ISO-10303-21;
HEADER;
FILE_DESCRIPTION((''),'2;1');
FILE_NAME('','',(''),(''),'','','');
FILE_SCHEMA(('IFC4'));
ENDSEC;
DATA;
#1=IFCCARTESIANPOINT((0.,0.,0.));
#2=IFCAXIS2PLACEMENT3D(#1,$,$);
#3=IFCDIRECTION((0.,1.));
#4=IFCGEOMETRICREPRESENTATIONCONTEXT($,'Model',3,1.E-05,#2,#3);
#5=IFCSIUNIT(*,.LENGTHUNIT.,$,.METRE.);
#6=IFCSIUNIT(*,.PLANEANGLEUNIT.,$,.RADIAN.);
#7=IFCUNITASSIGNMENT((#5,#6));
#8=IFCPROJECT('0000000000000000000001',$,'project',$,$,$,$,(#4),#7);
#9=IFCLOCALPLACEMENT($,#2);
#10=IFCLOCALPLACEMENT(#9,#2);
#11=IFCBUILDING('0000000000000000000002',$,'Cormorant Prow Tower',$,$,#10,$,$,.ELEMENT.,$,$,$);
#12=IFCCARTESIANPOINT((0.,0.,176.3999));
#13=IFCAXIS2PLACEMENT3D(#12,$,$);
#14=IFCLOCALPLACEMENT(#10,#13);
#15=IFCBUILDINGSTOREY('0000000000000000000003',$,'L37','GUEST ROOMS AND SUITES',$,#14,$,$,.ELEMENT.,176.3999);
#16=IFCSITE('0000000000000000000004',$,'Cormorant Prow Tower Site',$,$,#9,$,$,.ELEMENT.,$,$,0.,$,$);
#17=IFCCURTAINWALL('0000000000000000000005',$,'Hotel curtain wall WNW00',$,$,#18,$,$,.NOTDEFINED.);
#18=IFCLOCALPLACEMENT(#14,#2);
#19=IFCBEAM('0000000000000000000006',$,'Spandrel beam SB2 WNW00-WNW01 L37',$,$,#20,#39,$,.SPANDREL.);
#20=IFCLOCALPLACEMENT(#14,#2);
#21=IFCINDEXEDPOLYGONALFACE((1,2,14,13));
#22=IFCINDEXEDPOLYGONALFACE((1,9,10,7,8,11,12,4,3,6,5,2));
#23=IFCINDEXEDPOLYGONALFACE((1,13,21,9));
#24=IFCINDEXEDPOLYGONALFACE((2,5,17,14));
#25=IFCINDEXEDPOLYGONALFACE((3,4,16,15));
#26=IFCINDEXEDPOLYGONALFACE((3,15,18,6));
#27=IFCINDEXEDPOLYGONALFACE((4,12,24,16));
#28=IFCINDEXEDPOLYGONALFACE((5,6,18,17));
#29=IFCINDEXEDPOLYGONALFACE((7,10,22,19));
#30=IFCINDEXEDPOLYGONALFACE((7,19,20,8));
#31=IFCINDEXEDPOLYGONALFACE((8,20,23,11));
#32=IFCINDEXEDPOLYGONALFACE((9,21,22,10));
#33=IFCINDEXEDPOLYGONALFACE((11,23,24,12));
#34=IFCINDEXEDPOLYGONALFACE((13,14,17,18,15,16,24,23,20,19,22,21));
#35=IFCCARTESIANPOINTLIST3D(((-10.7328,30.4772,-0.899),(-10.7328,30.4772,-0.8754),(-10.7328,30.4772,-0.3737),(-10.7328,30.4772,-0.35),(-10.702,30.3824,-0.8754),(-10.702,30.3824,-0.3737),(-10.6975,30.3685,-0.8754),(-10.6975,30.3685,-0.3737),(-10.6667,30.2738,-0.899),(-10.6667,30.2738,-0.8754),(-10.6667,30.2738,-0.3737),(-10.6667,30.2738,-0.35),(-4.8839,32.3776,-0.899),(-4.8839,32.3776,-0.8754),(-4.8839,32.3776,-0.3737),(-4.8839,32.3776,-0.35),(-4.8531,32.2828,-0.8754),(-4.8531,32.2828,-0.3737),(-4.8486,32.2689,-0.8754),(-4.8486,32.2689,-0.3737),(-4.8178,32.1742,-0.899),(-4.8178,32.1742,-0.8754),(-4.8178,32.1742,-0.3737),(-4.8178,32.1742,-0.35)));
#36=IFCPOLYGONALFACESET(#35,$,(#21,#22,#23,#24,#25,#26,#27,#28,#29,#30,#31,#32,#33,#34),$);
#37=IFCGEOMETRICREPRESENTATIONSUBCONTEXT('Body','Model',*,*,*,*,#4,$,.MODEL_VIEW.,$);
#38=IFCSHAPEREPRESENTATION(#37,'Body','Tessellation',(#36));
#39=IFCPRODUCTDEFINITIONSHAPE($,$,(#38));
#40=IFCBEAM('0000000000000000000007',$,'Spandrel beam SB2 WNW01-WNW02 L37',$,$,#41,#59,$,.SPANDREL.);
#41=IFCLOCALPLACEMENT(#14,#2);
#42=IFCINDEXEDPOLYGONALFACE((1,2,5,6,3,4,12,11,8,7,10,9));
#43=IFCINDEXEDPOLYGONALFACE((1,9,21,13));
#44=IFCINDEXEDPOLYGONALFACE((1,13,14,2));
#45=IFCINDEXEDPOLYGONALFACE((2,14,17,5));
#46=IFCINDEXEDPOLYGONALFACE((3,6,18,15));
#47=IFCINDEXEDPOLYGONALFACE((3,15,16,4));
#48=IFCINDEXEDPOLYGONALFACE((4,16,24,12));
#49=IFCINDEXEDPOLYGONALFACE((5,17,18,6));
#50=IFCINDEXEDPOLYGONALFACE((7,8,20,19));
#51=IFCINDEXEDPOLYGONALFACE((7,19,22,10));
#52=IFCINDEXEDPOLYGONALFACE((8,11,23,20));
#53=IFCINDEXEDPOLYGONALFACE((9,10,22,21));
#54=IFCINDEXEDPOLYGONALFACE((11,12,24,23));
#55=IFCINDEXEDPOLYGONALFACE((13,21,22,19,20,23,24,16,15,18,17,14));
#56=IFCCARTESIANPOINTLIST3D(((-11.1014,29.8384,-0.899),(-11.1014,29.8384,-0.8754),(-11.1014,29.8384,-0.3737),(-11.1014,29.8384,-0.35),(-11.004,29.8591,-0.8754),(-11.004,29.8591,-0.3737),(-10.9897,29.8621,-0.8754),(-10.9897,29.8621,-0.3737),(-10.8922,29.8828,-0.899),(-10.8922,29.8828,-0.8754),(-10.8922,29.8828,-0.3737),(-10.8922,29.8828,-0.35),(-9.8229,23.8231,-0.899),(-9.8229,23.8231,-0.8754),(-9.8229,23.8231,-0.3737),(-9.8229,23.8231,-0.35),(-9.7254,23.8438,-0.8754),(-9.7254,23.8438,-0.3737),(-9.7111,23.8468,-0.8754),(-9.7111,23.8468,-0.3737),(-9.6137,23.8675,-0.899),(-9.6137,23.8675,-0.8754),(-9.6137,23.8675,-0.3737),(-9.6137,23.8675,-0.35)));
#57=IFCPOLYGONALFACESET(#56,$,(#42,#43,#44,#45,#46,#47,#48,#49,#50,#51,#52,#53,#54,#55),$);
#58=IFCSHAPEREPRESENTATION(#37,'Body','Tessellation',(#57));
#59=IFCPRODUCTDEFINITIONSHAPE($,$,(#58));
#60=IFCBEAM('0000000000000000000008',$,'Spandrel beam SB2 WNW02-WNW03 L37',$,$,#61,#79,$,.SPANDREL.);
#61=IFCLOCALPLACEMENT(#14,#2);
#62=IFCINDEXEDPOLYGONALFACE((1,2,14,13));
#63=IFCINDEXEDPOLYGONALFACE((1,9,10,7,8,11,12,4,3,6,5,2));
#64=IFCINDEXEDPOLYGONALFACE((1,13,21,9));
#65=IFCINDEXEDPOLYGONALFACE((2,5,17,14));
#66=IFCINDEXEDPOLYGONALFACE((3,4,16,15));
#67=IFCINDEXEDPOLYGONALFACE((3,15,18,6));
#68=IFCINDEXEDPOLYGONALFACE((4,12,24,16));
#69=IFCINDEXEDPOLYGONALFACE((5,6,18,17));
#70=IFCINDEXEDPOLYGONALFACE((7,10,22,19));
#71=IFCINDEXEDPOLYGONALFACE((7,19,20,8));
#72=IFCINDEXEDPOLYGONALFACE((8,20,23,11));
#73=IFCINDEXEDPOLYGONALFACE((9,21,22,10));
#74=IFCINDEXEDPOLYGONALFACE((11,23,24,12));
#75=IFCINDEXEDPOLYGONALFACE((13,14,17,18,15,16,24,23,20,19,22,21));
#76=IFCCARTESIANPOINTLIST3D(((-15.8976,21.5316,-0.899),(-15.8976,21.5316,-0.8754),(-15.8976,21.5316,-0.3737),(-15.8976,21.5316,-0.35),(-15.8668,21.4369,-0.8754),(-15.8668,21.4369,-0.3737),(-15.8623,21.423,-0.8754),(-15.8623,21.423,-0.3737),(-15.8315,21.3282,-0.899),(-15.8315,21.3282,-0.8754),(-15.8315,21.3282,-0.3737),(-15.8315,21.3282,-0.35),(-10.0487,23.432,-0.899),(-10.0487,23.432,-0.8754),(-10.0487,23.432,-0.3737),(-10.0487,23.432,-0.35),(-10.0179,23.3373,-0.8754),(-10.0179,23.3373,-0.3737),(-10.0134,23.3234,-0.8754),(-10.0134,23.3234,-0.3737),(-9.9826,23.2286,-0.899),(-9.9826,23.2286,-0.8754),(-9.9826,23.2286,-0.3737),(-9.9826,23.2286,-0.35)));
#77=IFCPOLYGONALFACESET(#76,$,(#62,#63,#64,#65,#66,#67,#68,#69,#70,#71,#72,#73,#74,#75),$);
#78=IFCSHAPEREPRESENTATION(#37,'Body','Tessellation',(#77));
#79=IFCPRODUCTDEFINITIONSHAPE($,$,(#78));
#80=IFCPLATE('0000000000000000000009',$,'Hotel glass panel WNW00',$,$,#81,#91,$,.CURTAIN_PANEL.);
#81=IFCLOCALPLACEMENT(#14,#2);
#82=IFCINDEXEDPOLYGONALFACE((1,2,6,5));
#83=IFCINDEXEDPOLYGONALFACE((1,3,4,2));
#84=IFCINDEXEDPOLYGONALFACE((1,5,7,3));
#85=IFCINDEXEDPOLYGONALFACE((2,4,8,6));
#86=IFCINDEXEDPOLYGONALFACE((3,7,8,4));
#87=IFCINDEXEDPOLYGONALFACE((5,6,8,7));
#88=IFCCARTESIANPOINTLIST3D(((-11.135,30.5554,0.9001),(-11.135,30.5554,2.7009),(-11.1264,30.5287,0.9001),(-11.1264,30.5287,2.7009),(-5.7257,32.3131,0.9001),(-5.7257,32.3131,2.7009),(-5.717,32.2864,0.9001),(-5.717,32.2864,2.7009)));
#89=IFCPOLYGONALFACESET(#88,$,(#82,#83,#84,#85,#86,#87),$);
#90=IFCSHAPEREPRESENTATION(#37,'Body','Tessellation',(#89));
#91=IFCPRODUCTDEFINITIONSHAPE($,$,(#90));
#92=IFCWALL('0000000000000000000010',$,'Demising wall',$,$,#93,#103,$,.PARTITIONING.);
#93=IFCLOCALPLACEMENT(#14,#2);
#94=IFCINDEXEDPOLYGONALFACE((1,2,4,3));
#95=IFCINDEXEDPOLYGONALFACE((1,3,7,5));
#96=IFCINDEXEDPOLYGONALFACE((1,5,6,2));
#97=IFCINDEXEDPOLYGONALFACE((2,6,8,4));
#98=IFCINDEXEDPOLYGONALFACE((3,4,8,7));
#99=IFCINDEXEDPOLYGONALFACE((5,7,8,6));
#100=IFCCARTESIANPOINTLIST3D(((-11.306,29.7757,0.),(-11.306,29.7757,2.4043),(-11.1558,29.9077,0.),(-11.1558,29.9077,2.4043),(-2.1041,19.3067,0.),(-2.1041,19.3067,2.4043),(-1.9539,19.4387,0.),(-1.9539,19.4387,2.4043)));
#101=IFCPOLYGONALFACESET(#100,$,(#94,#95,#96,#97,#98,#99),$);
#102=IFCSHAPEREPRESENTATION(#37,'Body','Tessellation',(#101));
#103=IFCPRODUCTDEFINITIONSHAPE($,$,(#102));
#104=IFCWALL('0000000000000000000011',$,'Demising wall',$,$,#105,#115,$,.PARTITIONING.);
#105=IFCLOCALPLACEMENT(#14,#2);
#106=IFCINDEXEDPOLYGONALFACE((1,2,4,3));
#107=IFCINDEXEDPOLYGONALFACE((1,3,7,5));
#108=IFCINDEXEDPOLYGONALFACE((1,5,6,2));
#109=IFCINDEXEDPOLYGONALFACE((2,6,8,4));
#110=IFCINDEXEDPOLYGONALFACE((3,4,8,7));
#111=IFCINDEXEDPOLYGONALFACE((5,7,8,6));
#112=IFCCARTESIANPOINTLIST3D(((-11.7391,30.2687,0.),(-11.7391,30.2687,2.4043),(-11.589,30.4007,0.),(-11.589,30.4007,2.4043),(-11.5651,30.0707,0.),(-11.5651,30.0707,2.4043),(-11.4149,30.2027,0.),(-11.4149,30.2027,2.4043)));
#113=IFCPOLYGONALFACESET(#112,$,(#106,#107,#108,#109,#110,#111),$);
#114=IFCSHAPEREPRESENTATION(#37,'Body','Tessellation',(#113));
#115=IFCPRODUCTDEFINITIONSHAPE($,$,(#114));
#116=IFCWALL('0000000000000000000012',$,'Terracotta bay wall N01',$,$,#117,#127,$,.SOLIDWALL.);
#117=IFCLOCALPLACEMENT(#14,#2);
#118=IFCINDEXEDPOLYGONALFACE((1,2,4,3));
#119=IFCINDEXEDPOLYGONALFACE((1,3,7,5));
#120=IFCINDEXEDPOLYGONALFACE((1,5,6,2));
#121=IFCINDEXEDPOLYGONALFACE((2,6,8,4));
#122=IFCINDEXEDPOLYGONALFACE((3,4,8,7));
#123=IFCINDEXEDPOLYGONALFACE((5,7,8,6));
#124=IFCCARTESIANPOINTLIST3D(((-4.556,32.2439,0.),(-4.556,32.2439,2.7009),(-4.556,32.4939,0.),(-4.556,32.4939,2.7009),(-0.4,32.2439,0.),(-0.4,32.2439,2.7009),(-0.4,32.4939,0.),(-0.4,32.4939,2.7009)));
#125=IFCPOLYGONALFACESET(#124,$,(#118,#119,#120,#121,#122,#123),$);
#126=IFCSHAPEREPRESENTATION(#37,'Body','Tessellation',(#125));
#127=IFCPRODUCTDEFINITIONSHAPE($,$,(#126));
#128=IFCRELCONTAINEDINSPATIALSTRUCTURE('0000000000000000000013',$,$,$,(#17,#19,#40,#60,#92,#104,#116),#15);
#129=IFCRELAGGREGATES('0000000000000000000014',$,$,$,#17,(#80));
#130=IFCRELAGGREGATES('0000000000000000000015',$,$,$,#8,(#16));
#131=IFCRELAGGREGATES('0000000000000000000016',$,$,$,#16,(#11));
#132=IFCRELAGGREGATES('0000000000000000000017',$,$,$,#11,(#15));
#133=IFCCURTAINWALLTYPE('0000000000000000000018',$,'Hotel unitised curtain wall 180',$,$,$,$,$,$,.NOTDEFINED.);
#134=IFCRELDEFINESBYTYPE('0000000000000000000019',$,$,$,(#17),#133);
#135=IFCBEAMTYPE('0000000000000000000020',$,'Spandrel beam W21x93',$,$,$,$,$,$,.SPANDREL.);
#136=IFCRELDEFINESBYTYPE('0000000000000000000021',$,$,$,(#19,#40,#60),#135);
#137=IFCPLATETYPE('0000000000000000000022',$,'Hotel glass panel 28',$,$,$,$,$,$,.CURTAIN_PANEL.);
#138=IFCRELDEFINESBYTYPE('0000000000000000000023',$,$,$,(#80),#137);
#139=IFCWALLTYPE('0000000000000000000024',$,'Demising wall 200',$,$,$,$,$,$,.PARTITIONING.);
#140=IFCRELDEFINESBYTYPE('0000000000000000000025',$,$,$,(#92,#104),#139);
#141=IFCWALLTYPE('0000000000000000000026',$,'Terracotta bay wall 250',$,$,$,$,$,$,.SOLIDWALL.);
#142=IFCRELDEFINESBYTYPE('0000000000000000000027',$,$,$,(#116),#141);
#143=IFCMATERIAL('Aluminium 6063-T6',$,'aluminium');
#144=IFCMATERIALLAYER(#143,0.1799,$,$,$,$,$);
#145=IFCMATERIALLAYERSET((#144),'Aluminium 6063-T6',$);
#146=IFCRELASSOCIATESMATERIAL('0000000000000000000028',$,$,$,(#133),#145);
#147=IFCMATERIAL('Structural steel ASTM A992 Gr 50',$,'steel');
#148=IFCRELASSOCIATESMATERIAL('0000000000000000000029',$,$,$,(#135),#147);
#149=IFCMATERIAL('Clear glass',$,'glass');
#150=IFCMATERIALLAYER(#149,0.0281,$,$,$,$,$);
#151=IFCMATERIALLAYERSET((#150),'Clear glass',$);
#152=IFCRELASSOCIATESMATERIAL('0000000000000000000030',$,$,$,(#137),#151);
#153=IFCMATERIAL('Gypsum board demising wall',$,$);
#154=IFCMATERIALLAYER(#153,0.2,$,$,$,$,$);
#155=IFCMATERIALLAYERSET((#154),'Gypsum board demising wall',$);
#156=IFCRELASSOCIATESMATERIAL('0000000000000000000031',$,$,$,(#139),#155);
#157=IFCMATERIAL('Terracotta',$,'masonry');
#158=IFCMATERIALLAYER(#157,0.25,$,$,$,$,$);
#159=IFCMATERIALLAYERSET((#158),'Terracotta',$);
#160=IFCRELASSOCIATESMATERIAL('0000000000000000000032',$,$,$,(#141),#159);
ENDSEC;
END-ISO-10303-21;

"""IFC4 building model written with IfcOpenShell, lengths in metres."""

from ifc_helpers import new_model, si_unit, direction, frame, frame_2d, origin, origin_2d, place, context, subcontext, project, spatial, rectangle, i_section, extrude, material, layer, layer_set, material_profile, profile_set, type_object, element, aggregate, save


model = new_model("IFC4")

# Units and contexts
model_context = context("Model", 3, precision=1e-05, world=origin(), true_north=direction((0.0, 1.0)))
body_context = subcontext(model_context, "Body", "Model", "MODEL_VIEW")
ifc_project = project(units=[si_unit("LENGTHUNIT", "METRE"), si_unit("PLANEANGLEUNIT", "RADIAN")], contexts=[model_context])

# Site, building, storey
site_placement = place(None, origin())
site = spatial("IfcSite", under=ifc_project, at=site_placement, Name="Cormorant Prow Tower Site", CompositionType="ELEMENT", RefElevation=0.0)
building_placement = place(site_placement, origin())
building = spatial("IfcBuilding", under=site, at=building_placement, Name="Cormorant Prow Tower", CompositionType="ELEMENT")
storey_placement = place(building_placement, frame((0.0, 0.0, 176.3999)))
storey = spatial("IfcBuildingStorey", under=building, at=storey_placement, Name="L37", Description="GUEST ROOMS AND SUITES", CompositionType="ELEMENT", Elevation=176.3999)

# Curtain wall
ifc_material_1 = material(Name="Aluminium 6063-T6", Category="aluminium")
ifc_layer_1 = layer(ifc_material_1, 0.1799)
ifc_layer_set_1 = layer_set([ifc_layer_1], Name="Aluminium 6063-T6")
curtain_wall_type = type_object("IfcCurtainWallType", Name="Hotel unitised curtain wall 180", PredefinedType="NOTDEFINED", material=ifc_layer_set_1)
curtain_wall_1_placement = place(storey_placement, origin())
curtain_wall_1 = element("IfcCurtainWall", 1, at=curtain_wall_1_placement, inside=storey, type_object=curtain_wall_type, Name="Hotel curtain wall WNW00", PredefinedType="NOTDEFINED")

# Beams
ifc_material_2 = material(Name="Structural steel ASTM A992 Gr 50", Category="steel")
ifc_material_profile_1 = material_profile(ifc_material_2, i_section(OverallWidth=0.2139, OverallDepth=0.5491, WebThickness=0.0146, FlangeThickness=0.0237, at=origin_2d()), Name="W21x93")
ifc_profile_set_1 = profile_set([ifc_material_profile_1], Name="Structural steel ASTM A992 Gr 50")
beam_type_1 = type_object("IfcBeamType", Name="Spandrel beam W21x93", PredefinedType="SPANDREL", material=ifc_profile_set_1)
beam_1_placement = place(storey_placement, frame((-4.8508, 32.2759, -0.6245), z_axis=(-0.951058, -0.309013, 0.0), x_axis=(0.309013, -0.951058, 0.0)))
element("IfcBeam", 2, at=beam_1_placement, inside=storey, type_object=beam_type_1, Name="Spandrel beam SB2 WNW00-WNW01 L37", PredefinedType="SPANDREL", context=body_context, shape_type="SweptSolid", body=[
    extrude(i_section(OverallWidth=0.2139, OverallDepth=0.5491, WebThickness=0.0146, FlangeThickness=0.0237, at=origin_2d()), origin(), (0.0, 0.0, 1.0), 6.1499),
])
beam_2_placement = place(storey_placement, frame((-10.9968, 29.8606, -0.6245), z_axis=(0.207905, -0.978149, 0.0), x_axis=(0.978149, 0.207905, 0.0)))
element("IfcBeam", 3, at=beam_2_placement, inside=storey, type_object=beam_type_1, Name="Spandrel beam SB2 WNW01-WNW02 L37", PredefinedType="SPANDREL", context=body_context, shape_type="SweptSolid", body=[
    extrude(i_section(OverallWidth=0.2139, OverallDepth=0.5491, WebThickness=0.0146, FlangeThickness=0.0237, at=origin_2d()), origin(), (0.0, 0.0, 1.0), 6.1497),
])
beam_3_placement = place(storey_placement, frame((-10.0156, 23.3303, -0.6245), z_axis=(-0.951058, -0.309013, 0.0), x_axis=(0.309013, -0.951058, 0.0)))
element("IfcBeam", 4, at=beam_3_placement, inside=storey, type_object=beam_type_1, Name="Spandrel beam SB2 WNW02-WNW03 L37", PredefinedType="SPANDREL", context=body_context, shape_type="SweptSolid", body=[
    extrude(i_section(OverallWidth=0.2139, OverallDepth=0.5491, WebThickness=0.0146, FlangeThickness=0.0237, at=origin_2d()), origin(), (0.0, 0.0, 1.0), 6.1499),
])

# Plate
ifc_material_3 = material(Name="Clear glass", Category="glass")
ifc_layer_2 = layer(ifc_material_3, 0.0281)
ifc_layer_set_2 = layer_set([ifc_layer_2], Name="Clear glass")
plate_type = type_object("IfcPlateType", Name="Hotel glass panel 28", PredefinedType="CURTAIN_PANEL", material=ifc_layer_set_2)
plate_placement = place(storey_placement, frame((-8.426, 31.4209, 0.9001), z_axis=(0.0, 0.0, 1.0), x_axis=(-0.951056, -0.309017, 0.0)))
plate = element("IfcPlate", 5, at=plate_placement, type_object=plate_type, Name="Hotel glass panel WNW00", PredefinedType="CURTAIN_PANEL", context=body_context, shape_type="SweptSolid", body=[
    extrude(rectangle(XDim=5.6877, YDim=0.0281, at=origin_2d()), origin(), (0.0, 0.0, 1.0), 1.8008),
])
aggregate(curtain_wall_1, [plate])

# Walls
ifc_material_4 = material(Name="Gypsum board demising wall")
ifc_layer_3 = layer(ifc_material_4, 0.2)
ifc_layer_set_3 = layer_set([ifc_layer_3], Name="Gypsum board demising wall")
wall_type_1 = type_object("IfcWallType", Name="Demising wall 200", PredefinedType="PARTITIONING", material=ifc_layer_set_3)
wall_1_placement = place(storey_placement, frame((-11.231, 29.8418, 0.0), z_axis=(0.0, 0.0, 1.0), x_axis=(0.660191, -0.751098, 0.0)))
element("IfcWall", 6, at=wall_1_placement, inside=storey, type_object=wall_type_1, Name="Demising wall", PredefinedType="PARTITIONING", context=body_context, shape_type="SweptSolid", body=[
    extrude(rectangle(XDim=13.9382, YDim=0.2, at=frame_2d((6.9692, 0.0))), origin(), (0.0, 0.0, 1.0), 2.4043),
])
wall_2_placement = place(storey_placement, frame((-11.6641, 30.3347, 0.0), z_axis=(0.0, 0.0, 1.0), x_axis=(0.660273, -0.751026, 0.0)))
element("IfcWall", 7, at=wall_2_placement, inside=storey, type_object=wall_type_1, Name="Demising wall", PredefinedType="PARTITIONING", context=body_context, shape_type="SweptSolid", body=[
    extrude(rectangle(XDim=0.2637, YDim=0.2, at=frame_2d((0.1318, 0.0))), origin(), (0.0, 0.0, 1.0), 2.4043),
])
ifc_material_5 = material(Name="Terracotta", Category="masonry")
ifc_layer_4 = layer(ifc_material_5, 0.25)
ifc_layer_set_4 = layer_set([ifc_layer_4], Name="Terracotta")
wall_type_2 = type_object("IfcWallType", Name="Terracotta bay wall 250", PredefinedType="SOLIDWALL", material=ifc_layer_set_4)
wall_3_placement = place(storey_placement, frame((-0.3999, 32.3689, 0.0), z_axis=(0.0, 0.0, 1.0), x_axis=(-1.0, 0.0, 0.0)))
element("IfcWall", 8, at=wall_3_placement, inside=storey, type_object=wall_type_2, Name="Terracotta bay wall N01", PredefinedType="SOLIDWALL", context=body_context, shape_type="SweptSolid", body=[
    extrude(rectangle(XDim=4.156, YDim=0.25, at=frame_2d((2.0781, 0.0))), origin(), (0.0, 0.0, 1.0), 2.7009),
])

save(model, "model.ifc")
